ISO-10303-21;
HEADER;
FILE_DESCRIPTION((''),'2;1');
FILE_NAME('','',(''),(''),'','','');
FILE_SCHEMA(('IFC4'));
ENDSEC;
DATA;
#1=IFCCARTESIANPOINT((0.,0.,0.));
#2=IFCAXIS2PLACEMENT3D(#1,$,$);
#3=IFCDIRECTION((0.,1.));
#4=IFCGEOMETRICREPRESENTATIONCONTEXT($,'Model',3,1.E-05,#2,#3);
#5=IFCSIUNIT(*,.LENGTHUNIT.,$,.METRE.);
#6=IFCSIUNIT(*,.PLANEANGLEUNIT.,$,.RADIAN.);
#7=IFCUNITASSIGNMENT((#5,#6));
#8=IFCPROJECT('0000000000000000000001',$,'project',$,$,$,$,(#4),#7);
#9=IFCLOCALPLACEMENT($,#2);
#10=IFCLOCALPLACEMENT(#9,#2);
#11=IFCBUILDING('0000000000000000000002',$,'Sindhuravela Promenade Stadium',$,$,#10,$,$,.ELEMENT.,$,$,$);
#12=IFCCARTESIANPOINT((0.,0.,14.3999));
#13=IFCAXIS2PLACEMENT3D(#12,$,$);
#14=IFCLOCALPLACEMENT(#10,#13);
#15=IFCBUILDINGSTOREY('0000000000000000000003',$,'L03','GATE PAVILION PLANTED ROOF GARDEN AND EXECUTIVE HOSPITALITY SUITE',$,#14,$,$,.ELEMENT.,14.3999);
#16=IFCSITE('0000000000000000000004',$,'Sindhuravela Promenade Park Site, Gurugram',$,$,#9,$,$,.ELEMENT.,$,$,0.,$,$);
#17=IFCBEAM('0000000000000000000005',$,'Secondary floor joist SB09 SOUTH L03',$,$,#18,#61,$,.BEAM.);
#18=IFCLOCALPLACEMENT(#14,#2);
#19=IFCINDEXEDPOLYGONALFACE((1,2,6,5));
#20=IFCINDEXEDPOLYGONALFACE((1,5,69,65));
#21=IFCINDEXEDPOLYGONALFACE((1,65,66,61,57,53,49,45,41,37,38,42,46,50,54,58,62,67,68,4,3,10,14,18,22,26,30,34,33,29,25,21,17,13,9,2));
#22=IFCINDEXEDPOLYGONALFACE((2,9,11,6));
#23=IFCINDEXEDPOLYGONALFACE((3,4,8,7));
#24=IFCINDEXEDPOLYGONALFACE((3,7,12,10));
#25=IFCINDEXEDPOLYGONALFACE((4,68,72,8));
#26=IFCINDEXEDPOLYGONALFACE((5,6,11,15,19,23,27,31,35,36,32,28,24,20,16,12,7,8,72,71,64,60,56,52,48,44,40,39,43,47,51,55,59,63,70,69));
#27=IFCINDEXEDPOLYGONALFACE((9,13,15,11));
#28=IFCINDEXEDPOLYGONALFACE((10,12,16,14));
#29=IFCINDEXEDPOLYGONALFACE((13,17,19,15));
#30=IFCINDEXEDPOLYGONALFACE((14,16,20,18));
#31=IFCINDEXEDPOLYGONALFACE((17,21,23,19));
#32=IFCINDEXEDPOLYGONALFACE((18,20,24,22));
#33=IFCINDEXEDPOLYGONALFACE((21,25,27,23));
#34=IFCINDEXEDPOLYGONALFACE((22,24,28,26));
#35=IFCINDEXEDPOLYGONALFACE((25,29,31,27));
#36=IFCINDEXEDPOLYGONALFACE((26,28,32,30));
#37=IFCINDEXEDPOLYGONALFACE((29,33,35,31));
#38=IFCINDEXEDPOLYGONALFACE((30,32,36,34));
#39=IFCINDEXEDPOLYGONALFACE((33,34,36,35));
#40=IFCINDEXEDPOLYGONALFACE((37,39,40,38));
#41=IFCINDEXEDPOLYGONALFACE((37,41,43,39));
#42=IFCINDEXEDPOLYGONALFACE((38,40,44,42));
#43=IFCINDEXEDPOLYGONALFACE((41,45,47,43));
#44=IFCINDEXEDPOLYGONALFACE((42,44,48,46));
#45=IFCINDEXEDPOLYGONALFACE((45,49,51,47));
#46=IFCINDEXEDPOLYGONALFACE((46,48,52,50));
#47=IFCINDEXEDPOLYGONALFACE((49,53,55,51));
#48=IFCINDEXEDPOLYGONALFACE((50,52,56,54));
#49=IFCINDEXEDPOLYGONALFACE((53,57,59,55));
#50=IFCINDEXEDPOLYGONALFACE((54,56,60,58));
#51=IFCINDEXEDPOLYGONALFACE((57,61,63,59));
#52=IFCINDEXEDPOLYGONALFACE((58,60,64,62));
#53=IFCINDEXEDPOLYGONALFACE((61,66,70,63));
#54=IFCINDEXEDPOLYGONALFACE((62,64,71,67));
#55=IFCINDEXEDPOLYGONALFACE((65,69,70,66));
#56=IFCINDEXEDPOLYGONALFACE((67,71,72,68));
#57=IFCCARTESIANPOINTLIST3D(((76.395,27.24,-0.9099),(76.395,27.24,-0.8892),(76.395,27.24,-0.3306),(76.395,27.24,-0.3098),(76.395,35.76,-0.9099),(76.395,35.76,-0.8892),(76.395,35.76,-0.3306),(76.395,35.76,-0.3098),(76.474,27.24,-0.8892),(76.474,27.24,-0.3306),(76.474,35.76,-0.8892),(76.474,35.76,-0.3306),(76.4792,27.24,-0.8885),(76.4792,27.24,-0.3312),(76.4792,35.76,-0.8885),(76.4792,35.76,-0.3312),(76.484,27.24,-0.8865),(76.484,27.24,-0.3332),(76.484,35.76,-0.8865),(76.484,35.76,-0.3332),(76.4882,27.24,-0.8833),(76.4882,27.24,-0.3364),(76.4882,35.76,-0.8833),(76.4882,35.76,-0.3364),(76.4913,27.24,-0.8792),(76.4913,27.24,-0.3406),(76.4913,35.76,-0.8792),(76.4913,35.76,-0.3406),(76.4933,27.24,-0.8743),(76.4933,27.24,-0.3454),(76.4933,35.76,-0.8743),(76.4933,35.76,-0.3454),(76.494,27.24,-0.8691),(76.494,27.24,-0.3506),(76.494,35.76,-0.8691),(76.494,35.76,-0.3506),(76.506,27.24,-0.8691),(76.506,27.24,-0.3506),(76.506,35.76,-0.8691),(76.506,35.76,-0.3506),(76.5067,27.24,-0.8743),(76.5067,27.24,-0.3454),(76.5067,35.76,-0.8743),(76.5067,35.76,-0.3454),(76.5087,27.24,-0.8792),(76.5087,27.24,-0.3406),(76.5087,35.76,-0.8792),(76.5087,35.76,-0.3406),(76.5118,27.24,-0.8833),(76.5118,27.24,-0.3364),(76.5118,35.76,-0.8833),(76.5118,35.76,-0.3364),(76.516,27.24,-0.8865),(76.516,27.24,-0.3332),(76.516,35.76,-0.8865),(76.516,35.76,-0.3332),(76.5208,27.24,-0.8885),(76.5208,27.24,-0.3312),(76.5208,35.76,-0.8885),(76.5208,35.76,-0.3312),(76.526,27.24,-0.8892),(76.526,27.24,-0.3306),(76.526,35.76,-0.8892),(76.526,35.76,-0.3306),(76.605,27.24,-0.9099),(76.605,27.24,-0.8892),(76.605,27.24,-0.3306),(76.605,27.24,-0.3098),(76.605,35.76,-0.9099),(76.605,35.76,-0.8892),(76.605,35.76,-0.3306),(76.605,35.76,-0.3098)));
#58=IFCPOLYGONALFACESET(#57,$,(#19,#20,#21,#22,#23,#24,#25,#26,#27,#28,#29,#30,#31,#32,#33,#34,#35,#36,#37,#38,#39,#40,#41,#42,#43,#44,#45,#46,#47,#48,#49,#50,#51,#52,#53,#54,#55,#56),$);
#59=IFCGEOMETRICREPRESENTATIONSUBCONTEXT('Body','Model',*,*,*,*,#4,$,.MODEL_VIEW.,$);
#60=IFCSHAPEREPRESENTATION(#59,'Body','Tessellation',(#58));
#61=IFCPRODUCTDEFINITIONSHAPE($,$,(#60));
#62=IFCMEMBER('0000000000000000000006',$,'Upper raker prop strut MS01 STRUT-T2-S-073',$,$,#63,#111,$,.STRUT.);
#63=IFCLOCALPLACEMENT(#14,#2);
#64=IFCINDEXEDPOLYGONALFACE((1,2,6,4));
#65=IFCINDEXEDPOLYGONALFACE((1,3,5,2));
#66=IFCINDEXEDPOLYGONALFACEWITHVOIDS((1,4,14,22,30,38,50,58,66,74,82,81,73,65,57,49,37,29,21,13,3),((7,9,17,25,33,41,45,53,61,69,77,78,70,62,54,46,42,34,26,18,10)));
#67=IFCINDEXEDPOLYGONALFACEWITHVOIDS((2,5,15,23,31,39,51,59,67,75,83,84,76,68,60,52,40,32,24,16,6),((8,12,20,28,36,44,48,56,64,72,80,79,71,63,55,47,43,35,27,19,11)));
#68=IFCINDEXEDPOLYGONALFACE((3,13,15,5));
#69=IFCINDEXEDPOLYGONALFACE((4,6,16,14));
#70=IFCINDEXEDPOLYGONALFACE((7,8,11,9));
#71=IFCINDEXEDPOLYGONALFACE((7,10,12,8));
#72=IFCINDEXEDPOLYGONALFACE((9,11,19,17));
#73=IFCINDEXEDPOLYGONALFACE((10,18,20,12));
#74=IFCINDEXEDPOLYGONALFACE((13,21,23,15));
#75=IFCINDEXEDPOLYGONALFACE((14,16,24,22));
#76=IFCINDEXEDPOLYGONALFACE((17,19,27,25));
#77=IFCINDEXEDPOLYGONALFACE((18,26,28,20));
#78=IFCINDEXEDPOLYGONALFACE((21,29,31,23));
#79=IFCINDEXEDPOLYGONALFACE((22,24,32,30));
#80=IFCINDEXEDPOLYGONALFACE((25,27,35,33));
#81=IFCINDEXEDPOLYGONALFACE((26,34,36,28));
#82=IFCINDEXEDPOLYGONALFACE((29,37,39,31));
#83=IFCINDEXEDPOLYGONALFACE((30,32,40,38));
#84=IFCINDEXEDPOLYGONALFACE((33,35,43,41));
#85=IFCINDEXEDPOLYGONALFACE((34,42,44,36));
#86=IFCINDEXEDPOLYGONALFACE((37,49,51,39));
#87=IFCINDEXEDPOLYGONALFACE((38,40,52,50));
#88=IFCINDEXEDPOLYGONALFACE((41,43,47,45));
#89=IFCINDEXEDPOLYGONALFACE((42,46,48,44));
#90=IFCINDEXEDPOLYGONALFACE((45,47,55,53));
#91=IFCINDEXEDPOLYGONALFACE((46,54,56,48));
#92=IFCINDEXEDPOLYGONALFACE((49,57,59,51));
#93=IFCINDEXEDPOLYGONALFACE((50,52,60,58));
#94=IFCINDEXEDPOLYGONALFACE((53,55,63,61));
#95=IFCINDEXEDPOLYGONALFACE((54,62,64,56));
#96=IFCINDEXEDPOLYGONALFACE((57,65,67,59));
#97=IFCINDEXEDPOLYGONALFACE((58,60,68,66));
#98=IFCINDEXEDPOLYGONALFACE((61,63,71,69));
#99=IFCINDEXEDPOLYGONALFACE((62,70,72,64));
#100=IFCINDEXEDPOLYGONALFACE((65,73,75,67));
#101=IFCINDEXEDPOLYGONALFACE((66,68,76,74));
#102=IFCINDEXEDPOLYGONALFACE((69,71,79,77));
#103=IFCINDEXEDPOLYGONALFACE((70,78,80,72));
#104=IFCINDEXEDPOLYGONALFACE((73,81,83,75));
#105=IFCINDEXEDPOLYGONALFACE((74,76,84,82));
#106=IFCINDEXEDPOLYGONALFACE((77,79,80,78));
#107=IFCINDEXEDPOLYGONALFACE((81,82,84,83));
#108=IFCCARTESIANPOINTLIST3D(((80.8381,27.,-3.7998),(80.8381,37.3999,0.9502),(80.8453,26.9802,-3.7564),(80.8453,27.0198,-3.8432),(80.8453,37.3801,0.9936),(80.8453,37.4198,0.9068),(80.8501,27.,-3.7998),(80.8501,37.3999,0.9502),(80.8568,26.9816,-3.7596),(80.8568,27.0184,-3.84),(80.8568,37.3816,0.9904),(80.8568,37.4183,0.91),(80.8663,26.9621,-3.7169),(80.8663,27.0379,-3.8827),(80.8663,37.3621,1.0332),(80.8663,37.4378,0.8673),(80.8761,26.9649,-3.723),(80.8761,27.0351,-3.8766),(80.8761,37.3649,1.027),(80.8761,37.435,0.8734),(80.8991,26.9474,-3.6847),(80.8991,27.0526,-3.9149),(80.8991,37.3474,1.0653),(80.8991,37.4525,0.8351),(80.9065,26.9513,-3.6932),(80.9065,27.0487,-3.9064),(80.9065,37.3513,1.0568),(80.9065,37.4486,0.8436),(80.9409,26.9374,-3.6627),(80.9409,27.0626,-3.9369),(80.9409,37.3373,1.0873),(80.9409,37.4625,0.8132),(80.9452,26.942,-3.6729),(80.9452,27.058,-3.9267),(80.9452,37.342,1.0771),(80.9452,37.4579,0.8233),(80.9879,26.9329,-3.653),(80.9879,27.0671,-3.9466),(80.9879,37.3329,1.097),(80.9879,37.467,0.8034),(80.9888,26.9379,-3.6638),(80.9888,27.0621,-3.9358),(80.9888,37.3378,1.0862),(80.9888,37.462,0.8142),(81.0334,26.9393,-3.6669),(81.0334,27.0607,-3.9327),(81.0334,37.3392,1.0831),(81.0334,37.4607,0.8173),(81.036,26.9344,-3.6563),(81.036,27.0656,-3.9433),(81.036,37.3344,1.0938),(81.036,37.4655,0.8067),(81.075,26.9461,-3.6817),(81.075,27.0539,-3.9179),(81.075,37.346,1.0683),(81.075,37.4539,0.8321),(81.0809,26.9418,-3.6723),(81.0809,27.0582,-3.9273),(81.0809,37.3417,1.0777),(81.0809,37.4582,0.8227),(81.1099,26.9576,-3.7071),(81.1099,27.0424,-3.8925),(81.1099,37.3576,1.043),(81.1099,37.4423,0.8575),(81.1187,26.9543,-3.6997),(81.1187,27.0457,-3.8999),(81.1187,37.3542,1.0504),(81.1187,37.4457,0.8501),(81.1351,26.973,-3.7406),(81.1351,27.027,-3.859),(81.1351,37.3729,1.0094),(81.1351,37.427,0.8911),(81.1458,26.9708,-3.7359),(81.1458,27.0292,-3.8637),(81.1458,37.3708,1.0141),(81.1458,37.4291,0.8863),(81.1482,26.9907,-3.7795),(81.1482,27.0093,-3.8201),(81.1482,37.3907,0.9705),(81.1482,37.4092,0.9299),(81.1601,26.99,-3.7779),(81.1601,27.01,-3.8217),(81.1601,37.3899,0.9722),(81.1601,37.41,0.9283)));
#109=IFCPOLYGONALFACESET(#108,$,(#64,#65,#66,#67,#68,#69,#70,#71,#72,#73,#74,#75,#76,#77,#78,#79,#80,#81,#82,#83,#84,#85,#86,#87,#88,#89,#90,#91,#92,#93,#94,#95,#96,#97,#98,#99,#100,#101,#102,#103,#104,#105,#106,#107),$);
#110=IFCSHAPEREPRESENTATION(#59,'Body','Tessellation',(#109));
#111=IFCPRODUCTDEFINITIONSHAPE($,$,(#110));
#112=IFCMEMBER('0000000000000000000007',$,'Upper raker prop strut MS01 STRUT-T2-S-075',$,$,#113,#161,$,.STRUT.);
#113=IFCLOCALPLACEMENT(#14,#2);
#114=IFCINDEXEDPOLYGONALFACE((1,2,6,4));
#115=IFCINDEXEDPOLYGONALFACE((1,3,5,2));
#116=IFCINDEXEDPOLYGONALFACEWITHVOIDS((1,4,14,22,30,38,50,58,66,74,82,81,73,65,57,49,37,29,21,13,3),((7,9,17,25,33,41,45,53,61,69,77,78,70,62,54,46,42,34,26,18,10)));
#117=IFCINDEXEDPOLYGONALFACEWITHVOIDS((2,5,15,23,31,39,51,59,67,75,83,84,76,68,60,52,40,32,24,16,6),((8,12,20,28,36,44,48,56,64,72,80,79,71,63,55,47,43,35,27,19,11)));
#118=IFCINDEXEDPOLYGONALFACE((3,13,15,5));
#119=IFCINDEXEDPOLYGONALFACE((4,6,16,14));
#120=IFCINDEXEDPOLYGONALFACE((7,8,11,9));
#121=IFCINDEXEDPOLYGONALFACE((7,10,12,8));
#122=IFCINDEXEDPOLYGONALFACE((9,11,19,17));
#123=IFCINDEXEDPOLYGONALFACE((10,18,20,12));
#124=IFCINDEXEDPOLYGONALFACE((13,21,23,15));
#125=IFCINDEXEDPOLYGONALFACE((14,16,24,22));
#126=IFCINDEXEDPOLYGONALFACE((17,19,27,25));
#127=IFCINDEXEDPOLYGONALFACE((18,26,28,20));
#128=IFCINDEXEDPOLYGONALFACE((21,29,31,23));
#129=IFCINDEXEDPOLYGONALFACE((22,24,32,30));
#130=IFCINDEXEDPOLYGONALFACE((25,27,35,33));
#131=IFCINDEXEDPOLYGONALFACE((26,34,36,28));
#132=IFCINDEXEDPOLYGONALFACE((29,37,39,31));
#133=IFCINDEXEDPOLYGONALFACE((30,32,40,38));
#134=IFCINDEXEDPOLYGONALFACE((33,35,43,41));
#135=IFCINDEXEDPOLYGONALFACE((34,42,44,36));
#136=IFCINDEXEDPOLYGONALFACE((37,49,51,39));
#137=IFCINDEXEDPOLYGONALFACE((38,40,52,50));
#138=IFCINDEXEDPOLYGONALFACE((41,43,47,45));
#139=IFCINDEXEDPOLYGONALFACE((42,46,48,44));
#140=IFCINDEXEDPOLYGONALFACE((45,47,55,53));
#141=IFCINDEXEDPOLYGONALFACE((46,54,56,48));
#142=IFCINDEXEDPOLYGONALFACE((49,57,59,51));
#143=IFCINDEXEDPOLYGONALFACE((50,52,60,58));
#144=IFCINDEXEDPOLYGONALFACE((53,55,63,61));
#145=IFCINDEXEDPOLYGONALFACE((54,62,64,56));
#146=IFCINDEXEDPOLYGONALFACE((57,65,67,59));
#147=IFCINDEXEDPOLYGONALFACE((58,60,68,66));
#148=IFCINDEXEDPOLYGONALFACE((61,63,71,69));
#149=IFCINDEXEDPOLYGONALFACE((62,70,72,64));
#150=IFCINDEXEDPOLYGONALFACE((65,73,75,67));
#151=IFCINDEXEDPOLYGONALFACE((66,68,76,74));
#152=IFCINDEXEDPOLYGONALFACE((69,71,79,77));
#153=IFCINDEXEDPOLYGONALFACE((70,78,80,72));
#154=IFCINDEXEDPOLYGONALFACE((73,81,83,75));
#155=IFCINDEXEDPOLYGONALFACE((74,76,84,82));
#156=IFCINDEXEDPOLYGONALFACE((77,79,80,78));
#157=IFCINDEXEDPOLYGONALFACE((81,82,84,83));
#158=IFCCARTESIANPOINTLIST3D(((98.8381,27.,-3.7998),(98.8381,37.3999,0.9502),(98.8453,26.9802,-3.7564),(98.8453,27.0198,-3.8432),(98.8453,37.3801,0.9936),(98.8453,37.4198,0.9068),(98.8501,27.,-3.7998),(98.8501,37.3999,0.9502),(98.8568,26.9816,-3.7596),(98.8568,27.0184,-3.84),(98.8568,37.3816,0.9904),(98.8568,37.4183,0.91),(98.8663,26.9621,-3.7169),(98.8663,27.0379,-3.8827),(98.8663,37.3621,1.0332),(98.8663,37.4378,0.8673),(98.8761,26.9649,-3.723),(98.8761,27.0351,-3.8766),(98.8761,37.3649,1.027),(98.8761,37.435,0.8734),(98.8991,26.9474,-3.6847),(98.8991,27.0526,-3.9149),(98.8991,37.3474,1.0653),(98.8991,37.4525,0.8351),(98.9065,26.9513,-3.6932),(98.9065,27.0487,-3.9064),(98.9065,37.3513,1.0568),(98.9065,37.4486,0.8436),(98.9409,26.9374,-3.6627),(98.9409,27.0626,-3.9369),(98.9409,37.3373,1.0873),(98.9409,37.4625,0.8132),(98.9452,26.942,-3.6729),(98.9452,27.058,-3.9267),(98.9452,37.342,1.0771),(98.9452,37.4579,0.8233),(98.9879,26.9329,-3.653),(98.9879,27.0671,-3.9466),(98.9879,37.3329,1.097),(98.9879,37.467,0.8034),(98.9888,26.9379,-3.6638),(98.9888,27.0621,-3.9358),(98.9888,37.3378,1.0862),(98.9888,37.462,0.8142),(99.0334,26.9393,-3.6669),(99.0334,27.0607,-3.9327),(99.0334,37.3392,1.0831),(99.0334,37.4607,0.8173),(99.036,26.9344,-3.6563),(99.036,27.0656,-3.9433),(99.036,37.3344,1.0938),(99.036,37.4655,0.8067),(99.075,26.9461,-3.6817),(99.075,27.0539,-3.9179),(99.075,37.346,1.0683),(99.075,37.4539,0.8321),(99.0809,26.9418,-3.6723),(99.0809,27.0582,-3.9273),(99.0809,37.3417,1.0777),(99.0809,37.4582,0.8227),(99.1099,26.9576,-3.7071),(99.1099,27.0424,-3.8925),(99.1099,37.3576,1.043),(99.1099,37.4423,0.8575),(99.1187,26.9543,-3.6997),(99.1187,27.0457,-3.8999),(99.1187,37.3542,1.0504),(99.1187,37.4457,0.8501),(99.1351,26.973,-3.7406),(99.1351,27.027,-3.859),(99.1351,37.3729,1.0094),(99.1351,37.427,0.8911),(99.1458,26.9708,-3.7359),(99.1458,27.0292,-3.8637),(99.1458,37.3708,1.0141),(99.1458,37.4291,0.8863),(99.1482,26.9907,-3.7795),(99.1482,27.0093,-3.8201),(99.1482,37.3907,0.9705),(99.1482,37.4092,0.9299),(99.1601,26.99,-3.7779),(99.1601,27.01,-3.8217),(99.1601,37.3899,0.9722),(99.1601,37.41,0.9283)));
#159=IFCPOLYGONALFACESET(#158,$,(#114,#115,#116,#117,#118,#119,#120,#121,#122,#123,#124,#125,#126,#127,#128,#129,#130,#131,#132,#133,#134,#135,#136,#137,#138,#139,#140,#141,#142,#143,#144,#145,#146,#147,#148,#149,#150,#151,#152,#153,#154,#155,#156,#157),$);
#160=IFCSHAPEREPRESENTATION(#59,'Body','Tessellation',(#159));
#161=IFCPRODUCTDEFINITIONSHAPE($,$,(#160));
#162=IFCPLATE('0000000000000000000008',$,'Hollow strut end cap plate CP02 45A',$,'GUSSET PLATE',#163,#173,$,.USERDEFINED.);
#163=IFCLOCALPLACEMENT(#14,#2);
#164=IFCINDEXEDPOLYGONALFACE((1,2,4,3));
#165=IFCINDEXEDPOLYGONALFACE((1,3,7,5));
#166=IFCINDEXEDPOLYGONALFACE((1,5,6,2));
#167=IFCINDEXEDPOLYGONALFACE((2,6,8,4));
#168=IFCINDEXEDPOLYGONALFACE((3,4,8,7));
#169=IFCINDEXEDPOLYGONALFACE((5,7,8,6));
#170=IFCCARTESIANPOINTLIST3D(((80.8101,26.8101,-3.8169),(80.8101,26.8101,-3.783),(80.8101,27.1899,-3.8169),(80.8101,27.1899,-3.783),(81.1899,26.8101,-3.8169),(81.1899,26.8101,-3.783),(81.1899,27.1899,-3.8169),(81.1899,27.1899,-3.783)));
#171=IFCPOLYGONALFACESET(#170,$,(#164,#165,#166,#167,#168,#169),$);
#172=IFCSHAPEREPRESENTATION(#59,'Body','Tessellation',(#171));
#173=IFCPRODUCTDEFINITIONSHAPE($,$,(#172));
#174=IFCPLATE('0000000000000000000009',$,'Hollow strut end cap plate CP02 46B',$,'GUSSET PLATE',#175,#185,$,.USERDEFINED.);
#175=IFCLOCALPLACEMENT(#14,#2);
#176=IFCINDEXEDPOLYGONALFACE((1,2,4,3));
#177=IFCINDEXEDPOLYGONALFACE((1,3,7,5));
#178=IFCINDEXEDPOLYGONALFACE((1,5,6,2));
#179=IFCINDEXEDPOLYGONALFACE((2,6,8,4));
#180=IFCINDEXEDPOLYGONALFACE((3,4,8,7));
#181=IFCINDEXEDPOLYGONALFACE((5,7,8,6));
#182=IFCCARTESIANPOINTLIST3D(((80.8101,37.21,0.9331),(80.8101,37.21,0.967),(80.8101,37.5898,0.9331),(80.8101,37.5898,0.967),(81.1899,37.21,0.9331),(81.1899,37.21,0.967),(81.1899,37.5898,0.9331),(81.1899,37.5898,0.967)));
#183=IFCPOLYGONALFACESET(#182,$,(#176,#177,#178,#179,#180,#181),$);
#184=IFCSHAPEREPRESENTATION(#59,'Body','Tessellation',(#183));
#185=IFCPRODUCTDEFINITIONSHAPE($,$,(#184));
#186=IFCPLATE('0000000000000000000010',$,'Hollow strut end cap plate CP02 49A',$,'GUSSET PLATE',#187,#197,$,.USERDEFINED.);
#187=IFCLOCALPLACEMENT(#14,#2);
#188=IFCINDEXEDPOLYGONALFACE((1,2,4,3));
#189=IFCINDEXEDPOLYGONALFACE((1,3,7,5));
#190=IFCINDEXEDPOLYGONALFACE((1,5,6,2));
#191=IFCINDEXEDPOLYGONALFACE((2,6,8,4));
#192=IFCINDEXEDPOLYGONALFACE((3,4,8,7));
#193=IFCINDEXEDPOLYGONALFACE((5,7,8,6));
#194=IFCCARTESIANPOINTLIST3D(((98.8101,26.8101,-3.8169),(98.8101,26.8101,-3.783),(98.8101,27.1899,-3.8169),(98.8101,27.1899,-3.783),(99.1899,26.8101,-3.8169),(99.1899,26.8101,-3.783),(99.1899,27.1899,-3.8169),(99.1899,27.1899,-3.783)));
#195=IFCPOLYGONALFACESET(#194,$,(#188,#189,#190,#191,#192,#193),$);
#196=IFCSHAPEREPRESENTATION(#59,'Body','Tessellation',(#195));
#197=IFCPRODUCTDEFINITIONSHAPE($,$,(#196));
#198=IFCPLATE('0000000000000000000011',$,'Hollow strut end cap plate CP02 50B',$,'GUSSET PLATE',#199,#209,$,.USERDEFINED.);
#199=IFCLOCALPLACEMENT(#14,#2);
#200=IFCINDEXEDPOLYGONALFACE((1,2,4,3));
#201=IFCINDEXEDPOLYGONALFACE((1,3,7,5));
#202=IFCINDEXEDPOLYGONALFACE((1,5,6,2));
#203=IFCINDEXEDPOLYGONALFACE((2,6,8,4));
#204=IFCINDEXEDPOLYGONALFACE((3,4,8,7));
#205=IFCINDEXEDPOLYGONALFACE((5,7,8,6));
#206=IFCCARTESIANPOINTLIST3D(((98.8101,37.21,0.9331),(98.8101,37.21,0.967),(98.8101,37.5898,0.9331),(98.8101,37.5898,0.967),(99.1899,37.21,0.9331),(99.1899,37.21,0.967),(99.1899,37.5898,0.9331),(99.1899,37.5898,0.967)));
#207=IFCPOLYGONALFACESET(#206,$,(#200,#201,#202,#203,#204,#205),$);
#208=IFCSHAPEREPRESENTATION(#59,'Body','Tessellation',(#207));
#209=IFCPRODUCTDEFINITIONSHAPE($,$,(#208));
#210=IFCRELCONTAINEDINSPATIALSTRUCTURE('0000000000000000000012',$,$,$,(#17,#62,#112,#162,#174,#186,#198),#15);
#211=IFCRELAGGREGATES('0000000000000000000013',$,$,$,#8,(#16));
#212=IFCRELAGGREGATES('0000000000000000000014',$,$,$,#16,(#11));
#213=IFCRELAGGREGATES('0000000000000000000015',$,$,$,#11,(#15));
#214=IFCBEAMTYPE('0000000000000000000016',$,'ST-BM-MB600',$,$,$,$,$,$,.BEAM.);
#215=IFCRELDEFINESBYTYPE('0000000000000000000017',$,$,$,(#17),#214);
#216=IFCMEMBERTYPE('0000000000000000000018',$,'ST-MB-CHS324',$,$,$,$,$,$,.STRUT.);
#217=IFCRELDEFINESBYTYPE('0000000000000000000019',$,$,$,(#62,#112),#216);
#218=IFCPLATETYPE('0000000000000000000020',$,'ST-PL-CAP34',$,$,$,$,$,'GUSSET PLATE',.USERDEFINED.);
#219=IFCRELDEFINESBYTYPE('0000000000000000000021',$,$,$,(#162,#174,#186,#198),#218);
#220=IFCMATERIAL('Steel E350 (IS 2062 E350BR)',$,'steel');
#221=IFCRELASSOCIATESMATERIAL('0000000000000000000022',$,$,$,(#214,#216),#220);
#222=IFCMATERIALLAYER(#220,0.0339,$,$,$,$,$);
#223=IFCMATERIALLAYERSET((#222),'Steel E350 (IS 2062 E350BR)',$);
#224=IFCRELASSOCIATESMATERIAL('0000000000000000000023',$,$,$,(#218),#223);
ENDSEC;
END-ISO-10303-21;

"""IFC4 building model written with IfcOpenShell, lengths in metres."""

from ifc_helpers import new_model, si_unit, direction, frame, origin, origin_2d, place, context, subcontext, project, spatial, rectangle, hollow_circle, i_section, extrude, material, layer, layer_set, material_profile, profile_set, type_object, element, save


model = new_model("IFC4")

# Units and contexts
model_context = context("Model", 3, precision=1e-05, world=origin(), true_north=direction((0.0, 1.0)))
body_context = subcontext(model_context, "Body", "Model", "MODEL_VIEW")
ifc_project = project(units=[si_unit("LENGTHUNIT", "METRE"), si_unit("PLANEANGLEUNIT", "RADIAN")], contexts=[model_context])

# Site, building, storey
site_placement = place(None, origin())
site = spatial("IfcSite", under=ifc_project, at=site_placement, Name="Sindhuravela Promenade Park Site, Gurugram", CompositionType="ELEMENT", RefElevation=0.0)
building_placement = place(site_placement, origin())
building = spatial("IfcBuilding", under=site, at=building_placement, Name="Sindhuravela Promenade Stadium", CompositionType="ELEMENT")
storey_placement = place(building_placement, frame((0.0, 0.0, 14.3999)))
storey = spatial("IfcBuildingStorey", under=building, at=storey_placement, Name="L03", Description="GATE PAVILION PLANTED ROOF GARDEN AND EXECUTIVE HOSPITALITY SUITE", CompositionType="ELEMENT", Elevation=14.3999)

# Beam
ifc_material_1 = material(Name="Steel E350 (IS 2062 E350BR)", Category="steel")
ifc_material_profile_1 = material_profile(ifc_material_1, i_section(OverallWidth=0.21, OverallDepth=0.6001, WebThickness=0.012, FlangeThickness=0.0208, FilletRadius=0.02, at=origin_2d()), Name="ISMB 600")
ifc_profile_set_1 = profile_set([ifc_material_profile_1], Name="Steel E350 (IS 2062 E350BR)")
beam_type_1 = type_object("IfcBeamType", Name="ST-BM-MB600", PredefinedType="BEAM", material=ifc_profile_set_1)
beam_placement = place(storey_placement, frame((76.5, 27.24, -0.6099), z_axis=(0.0, 1.0, 0.0), x_axis=(-1.0, 0.0, 0.0)))
element("IfcBeam", 1, at=beam_placement, inside=storey, type_object=beam_type_1, Name="Secondary floor joist SB09 SOUTH L03", PredefinedType="BEAM", context=body_context, shape_type="SweptSolid", body=[
    extrude(i_section(OverallWidth=0.21, OverallDepth=0.6001, WebThickness=0.012, FlangeThickness=0.0208, FilletRadius=0.02, at=origin_2d()), origin(), (0.0, 0.0, 1.0), 8.52),
])

# Members
ifc_material_profile_2 = material_profile(ifc_material_1, hollow_circle(Radius=0.1619, WallThickness=0.012, at=origin_2d()), Name="CHS 323.9x12")
ifc_profile_set_2 = profile_set([ifc_material_profile_2], Name="Steel E350 (IS 2062 E350BR)")
member_type = type_object("IfcMemberType", Name="ST-MB-CHS324", PredefinedType="STRUT", material=ifc_profile_set_2)
for number, where, z_axis, x_axis, name in (
    (2, (81.0, 27.0, -3.7998), (0.0, 0.909615, 0.415453), (-1.0, 0.0, 0.0), "Upper raker prop strut MS01 STRUT-T2-S-073"),
    (3, (99.0, 27.0, -3.7998), (0.0, 0.909615, 0.415453), (-1.0, 0.0, 0.0), "Upper raker prop strut MS01 STRUT-T2-S-075"),
):
    element("IfcMember", number, at=place(storey_placement, frame(where, z_axis=z_axis, x_axis=x_axis)), inside=storey, type_object=member_type, Name=name, PredefinedType="STRUT", context=body_context, shape_type="SweptSolid", body=[
        extrude(hollow_circle(Radius=0.1619, WallThickness=0.012, at=origin_2d()), origin(), (0.0, 0.0, 1.0), 11.4333),
    ])

# Plates
ifc_layer_1 = layer(ifc_material_1, 0.0339)
ifc_layer_set_1 = layer_set([ifc_layer_1], Name="Steel E350 (IS 2062 E350BR)")
plate_type = type_object("IfcPlateType", Name="ST-PL-CAP34", ElementType="GUSSET PLATE", PredefinedType="USERDEFINED", material=ifc_layer_set_1)
for number, where, z_axis, x_axis, name in (
    (4, (81.0, 27.0, -3.8169), (0.0, 0.0, 1.0), (1.0, 0.0, 0.0), "Hollow strut end cap plate CP02 45A"),
    (5, (81.0, 37.3999, 0.9331), (0.0, 0.0, 1.0), (1.0, 0.0, 0.0), "Hollow strut end cap plate CP02 46B"),
    (6, (99.0, 27.0, -3.8169), (0.0, 0.0, 1.0), (1.0, 0.0, 0.0), "Hollow strut end cap plate CP02 49A"),
    (7, (99.0, 37.3999, 0.9331), (0.0, 0.0, 1.0), (1.0, 0.0, 0.0), "Hollow strut end cap plate CP02 50B"),
):
    element("IfcPlate", number, at=place(storey_placement, frame(where, z_axis=z_axis, x_axis=x_axis)), inside=storey, type_object=plate_type, Name=name, ObjectType="GUSSET PLATE", PredefinedType="USERDEFINED", context=body_context, shape_type="SweptSolid", body=[
        extrude(rectangle(XDim=0.3799, YDim=0.3799, at=origin_2d()), origin(), (0.0, 0.0, 1.0), 0.0339),
    ])

save(model, "model.ifc")
